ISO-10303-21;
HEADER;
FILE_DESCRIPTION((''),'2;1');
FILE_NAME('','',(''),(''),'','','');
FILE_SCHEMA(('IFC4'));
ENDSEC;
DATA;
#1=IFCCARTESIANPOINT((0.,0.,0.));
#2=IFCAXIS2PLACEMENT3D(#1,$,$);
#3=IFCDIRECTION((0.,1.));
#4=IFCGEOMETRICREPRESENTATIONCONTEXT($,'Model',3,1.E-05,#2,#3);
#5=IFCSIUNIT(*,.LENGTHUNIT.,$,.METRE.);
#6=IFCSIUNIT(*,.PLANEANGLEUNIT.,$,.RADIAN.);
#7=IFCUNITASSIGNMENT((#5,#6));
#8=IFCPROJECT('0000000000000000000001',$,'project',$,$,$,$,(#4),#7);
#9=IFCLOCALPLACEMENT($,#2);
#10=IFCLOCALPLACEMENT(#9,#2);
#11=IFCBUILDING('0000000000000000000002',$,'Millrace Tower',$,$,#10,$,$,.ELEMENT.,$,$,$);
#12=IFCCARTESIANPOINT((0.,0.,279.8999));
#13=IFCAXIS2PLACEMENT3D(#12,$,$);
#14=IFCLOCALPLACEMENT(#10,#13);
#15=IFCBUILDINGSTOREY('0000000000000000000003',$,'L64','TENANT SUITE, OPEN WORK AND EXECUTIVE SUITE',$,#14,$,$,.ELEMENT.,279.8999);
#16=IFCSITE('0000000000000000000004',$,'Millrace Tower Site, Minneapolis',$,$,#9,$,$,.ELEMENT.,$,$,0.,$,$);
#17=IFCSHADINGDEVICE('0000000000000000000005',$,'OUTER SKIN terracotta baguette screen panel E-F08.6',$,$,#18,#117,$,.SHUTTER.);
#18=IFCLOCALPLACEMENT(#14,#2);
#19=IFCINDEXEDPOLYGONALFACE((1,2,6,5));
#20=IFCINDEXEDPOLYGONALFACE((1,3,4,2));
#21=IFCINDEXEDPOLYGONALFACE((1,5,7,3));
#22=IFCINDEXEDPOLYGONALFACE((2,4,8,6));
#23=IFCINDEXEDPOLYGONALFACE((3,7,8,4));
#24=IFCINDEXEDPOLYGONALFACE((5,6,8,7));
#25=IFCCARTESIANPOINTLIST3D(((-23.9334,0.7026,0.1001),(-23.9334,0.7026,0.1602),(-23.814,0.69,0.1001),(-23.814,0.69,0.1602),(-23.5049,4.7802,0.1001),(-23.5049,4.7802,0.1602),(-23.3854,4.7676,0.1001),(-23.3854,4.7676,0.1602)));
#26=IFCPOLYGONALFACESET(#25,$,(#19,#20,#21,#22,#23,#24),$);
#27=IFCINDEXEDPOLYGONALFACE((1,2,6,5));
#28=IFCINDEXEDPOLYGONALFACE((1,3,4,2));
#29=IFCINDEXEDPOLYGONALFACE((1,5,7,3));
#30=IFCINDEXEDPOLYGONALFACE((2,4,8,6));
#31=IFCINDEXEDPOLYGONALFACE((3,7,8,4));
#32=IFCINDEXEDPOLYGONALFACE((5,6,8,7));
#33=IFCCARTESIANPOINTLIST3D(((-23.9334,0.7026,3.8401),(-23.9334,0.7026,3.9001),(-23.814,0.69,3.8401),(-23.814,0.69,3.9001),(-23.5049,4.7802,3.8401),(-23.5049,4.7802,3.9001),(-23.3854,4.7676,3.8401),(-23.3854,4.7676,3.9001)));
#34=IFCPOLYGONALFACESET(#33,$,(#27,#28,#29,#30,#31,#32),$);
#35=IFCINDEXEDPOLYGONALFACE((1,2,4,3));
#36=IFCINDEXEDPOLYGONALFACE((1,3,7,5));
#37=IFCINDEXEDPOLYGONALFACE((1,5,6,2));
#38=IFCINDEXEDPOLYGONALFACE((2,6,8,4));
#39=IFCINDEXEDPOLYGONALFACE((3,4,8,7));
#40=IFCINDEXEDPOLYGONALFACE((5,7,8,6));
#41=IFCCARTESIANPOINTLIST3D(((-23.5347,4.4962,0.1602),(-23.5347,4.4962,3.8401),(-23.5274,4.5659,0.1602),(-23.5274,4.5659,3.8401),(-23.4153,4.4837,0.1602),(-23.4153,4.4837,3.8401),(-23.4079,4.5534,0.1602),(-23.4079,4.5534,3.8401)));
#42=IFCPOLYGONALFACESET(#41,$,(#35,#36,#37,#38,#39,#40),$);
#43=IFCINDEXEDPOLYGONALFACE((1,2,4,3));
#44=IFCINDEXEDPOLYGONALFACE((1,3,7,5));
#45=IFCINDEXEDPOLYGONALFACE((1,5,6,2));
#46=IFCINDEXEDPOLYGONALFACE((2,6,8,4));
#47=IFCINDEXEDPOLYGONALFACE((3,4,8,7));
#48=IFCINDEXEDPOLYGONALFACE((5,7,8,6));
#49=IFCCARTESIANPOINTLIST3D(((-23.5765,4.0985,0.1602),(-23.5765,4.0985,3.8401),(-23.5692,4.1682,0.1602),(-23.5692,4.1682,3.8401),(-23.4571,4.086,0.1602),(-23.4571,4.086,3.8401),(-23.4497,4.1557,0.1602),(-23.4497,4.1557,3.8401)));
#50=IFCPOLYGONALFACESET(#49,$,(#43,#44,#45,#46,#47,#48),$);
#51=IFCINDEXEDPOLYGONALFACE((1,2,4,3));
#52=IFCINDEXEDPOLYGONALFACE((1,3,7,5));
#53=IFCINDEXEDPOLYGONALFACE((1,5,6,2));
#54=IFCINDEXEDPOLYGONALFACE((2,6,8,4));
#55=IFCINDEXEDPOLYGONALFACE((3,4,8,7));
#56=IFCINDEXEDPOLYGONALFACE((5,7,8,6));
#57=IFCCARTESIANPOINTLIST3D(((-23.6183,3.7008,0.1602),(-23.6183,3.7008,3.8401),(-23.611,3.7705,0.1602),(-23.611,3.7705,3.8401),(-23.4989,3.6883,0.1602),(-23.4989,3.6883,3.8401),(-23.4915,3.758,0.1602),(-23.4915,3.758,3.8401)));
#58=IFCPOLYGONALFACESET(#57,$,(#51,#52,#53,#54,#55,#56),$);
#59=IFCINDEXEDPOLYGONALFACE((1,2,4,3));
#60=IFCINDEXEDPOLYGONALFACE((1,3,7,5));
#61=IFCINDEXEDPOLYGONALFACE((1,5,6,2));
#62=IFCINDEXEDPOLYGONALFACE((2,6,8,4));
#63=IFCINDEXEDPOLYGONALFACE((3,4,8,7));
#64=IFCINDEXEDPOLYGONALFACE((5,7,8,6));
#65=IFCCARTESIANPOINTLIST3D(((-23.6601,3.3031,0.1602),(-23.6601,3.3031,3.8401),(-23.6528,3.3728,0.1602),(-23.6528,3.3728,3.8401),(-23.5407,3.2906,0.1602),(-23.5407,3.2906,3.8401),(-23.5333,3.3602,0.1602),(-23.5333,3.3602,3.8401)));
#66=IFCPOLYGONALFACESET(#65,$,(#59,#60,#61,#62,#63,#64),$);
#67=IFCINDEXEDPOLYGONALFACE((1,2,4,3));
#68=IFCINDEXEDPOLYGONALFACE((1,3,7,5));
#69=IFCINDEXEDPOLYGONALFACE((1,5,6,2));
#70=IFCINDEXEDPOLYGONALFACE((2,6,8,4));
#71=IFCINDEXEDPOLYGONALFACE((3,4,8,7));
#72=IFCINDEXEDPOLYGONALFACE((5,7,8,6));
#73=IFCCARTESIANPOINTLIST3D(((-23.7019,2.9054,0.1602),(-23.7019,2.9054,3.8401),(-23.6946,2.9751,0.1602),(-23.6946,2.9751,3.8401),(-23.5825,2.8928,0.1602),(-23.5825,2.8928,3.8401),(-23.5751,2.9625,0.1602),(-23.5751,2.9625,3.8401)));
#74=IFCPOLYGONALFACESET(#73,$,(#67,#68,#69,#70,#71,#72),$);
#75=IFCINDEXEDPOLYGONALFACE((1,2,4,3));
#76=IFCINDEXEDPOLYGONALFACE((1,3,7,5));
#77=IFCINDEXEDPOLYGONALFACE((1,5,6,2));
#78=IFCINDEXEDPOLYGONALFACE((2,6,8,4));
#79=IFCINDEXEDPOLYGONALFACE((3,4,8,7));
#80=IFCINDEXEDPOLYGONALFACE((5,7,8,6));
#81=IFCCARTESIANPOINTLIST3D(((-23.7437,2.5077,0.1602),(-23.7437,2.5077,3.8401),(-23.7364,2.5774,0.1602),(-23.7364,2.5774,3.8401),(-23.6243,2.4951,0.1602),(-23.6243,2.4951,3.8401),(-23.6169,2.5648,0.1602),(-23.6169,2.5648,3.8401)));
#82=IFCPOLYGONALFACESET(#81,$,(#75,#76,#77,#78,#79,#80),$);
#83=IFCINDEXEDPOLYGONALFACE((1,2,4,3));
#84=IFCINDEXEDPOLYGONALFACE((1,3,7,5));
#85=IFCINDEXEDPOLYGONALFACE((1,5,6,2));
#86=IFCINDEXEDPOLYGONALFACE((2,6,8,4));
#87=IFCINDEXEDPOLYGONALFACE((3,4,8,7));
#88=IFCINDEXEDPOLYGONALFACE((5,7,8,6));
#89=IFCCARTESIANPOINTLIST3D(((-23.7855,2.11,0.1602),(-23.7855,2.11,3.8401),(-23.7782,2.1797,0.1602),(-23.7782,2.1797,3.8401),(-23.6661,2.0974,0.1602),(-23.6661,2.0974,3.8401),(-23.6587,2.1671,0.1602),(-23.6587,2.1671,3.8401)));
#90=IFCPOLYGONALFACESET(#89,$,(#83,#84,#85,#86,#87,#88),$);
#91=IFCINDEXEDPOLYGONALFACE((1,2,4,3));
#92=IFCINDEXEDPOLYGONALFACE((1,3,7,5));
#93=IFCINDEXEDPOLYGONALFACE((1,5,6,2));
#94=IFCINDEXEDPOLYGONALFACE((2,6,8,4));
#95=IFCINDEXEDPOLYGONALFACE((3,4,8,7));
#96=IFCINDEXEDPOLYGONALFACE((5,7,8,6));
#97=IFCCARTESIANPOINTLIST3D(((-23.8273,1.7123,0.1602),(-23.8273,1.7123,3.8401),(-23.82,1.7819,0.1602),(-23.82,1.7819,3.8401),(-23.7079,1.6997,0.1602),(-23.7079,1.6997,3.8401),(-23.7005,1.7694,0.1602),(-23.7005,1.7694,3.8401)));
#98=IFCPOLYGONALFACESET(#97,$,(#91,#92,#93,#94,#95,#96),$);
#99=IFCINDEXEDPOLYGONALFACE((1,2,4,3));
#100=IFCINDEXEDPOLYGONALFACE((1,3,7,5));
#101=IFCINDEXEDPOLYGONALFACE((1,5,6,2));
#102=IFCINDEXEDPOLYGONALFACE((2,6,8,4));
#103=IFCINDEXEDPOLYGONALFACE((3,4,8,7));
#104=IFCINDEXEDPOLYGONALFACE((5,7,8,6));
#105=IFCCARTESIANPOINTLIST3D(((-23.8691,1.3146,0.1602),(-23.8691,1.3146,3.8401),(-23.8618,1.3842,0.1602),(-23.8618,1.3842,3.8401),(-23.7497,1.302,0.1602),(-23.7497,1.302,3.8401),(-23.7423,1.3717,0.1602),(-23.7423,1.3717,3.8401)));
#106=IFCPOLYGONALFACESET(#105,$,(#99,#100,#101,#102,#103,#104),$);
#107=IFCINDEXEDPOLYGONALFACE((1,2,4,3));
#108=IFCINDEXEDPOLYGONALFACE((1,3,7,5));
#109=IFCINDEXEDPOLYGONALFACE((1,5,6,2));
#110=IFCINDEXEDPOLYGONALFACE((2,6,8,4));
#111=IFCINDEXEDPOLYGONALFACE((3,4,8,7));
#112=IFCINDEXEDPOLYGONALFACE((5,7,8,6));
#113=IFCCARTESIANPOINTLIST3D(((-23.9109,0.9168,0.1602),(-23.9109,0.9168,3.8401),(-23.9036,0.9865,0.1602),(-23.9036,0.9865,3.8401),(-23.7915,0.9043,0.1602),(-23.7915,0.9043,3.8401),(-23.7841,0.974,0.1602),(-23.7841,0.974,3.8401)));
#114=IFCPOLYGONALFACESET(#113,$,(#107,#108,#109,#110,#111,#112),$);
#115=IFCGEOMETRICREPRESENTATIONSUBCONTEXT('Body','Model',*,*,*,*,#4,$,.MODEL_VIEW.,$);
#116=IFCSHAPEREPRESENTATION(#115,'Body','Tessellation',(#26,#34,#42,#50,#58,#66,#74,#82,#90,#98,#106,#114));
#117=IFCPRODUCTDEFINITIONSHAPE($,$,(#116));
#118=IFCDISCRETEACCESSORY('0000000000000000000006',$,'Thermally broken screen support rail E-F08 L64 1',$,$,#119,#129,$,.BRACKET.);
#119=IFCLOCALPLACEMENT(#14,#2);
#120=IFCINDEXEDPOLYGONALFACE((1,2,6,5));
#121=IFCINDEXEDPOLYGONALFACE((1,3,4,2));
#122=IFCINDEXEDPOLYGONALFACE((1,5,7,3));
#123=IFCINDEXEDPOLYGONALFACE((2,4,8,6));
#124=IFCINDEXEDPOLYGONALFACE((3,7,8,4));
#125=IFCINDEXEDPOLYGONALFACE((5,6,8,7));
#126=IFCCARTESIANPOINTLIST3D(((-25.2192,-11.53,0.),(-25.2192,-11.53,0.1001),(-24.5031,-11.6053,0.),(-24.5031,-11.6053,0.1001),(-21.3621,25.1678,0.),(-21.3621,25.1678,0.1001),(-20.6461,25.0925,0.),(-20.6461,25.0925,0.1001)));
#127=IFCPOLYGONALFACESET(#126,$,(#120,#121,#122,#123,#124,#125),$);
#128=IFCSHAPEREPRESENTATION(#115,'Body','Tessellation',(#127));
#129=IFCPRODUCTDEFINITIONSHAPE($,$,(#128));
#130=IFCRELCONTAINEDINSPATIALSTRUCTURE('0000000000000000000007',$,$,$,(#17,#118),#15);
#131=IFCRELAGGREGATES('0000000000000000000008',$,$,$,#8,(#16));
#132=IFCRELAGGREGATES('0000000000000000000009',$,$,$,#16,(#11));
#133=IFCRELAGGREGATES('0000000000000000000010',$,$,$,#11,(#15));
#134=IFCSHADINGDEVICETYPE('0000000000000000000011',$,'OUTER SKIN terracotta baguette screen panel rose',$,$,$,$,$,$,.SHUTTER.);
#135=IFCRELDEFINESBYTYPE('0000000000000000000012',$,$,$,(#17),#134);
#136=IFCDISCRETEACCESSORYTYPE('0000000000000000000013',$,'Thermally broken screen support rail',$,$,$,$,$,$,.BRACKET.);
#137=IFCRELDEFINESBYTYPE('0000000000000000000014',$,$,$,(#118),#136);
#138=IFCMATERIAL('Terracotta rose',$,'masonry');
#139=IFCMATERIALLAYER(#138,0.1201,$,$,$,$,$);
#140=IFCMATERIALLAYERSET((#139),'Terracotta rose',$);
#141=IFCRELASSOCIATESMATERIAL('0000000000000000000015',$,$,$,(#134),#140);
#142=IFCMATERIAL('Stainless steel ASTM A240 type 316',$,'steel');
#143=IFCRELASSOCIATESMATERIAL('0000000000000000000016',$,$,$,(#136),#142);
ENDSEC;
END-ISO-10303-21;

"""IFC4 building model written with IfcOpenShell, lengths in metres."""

from ifc_helpers import new_model, entity, si_unit, direction, frame, frame_2d, origin, origin_2d, place, context, subcontext, project, spatial, rectangle, extrude, source, transform, mapped, material, layer, layer_set, type_object, element, save


model = new_model("IFC4")

# Units and contexts
model_context = context("Model", 3, precision=1e-05, world=origin(), true_north=direction((0.0, 1.0)))
body_context = subcontext(model_context, "Body", "Model", "MODEL_VIEW")
ifc_project = project(units=[si_unit("LENGTHUNIT", "METRE"), si_unit("PLANEANGLEUNIT", "RADIAN")], contexts=[model_context])

# Site, building, storey
site_placement = place(None, origin())
site = spatial("IfcSite", under=ifc_project, at=site_placement, Name="Millrace Tower Site, Minneapolis", CompositionType="ELEMENT", RefElevation=0.0)
building_placement = place(site_placement, origin())
building = spatial("IfcBuilding", under=site, at=building_placement, Name="Millrace Tower", CompositionType="ELEMENT")
storey_placement = place(building_placement, frame((0.0, 0.0, 279.8999)))
storey = spatial("IfcBuildingStorey", under=building, at=storey_placement, Name="L64", Description="TENANT SUITE, OPEN WORK AND EXECUTIVE SUITE", CompositionType="ELEMENT", Elevation=279.8999)

# Shading device
ifc_material_1 = material(Name="Terracotta rose", Category="masonry")
ifc_layer_1 = layer(ifc_material_1, 0.1201)
ifc_layer_set_1 = layer_set([ifc_layer_1], Name="Terracotta rose")
shading_device_type = type_object("IfcShadingDeviceType", Name="OUTER SKIN terracotta baguette screen panel rose", PredefinedType="SHUTTER", material=ifc_layer_set_1)
cartesian_point = entity("IfcCartesianPoint", [-2.05, 0.0601])
shared_polyline = entity("IfcPolyline", [cartesian_point, entity("IfcCartesianPoint", [2.05, 0.0601]), entity("IfcCartesianPoint", [2.05, -0.0601]), entity("IfcCartesianPoint", [-2.05, -0.0601]), cartesian_point])
shared_shape = source(origin(), body_context, "Body", "SweptSolid", [
    entity("IfcExtrudedAreaSolid", entity("IfcArbitraryClosedProfileDef", "AREA", None, shared_polyline), entity("IfcAxis2Placement3D", entity("IfcCartesianPoint", [0.0, 0.0, 0.0])), entity("IfcDirection", [0.0, 0.0, 1.0]), 0.0601),
    entity("IfcExtrudedAreaSolid", entity("IfcArbitraryClosedProfileDef", "AREA", None, shared_polyline), entity("IfcAxis2Placement3D", entity("IfcCartesianPoint", [0.0, 0.0, 3.74])), entity("IfcDirection", [0.0, 0.0, 1.0]), 0.0601),
    extrude(rectangle(XDim=0.0701, YDim=0.1201, at=frame_2d((-1.7996, 0.0))), frame((0.0, 0.0, 0.0601)), (0.0, 0.0, 1.0), 3.6799),
    extrude(rectangle(XDim=0.0701, YDim=0.1201, at=frame_2d((-1.3997, 0.0))), frame((0.0, 0.0, 0.0601)), (0.0, 0.0, 1.0), 3.6799),
    extrude(rectangle(XDim=0.0701, YDim=0.1201, at=frame_2d((-0.9998, 0.0))), frame((0.0, 0.0, 0.0601)), (0.0, 0.0, 1.0), 3.6799),
    extrude(rectangle(XDim=0.0701, YDim=0.1201, at=frame_2d((-0.5999, 0.0))), frame((0.0, 0.0, 0.0601)), (0.0, 0.0, 1.0), 3.6799),
    extrude(rectangle(XDim=0.0701, YDim=0.1201, at=frame_2d((-0.2, 0.0))), frame((0.0, 0.0, 0.0601)), (0.0, 0.0, 1.0), 3.6799),
    extrude(rectangle(XDim=0.0701, YDim=0.1201, at=frame_2d((0.2, 0.0))), frame((0.0, 0.0, 0.0601)), (0.0, 0.0, 1.0), 3.6799),
    extrude(rectangle(XDim=0.0701, YDim=0.1201, at=frame_2d((0.5999, 0.0))), frame((0.0, 0.0, 0.0601)), (0.0, 0.0, 1.0), 3.6799),
    extrude(rectangle(XDim=0.0701, YDim=0.1201, at=frame_2d((0.9998, 0.0))), frame((0.0, 0.0, 0.0601)), (0.0, 0.0, 1.0), 3.6799),
    extrude(rectangle(XDim=0.0701, YDim=0.1201, at=frame_2d((1.3997, 0.0))), frame((0.0, 0.0, 0.0601)), (0.0, 0.0, 1.0), 3.6799),
    extrude(rectangle(XDim=0.0701, YDim=0.1201, at=frame_2d((1.7996, 0.0))), frame((0.0, 0.0, 0.0601)), (0.0, 0.0, 1.0), 3.6799),
])
for number, where, z_axis, x_axis, name in (
    (1, (-23.6594, 2.7351, 0.1001), (0.0, 0.0, 1.0), (-0.104528, -0.994522, 0.0), "OUTER SKIN terracotta baguette screen panel E-F08.6"),
):
    element("IfcShadingDevice", number, at=place(storey_placement, frame(where, z_axis=z_axis, x_axis=x_axis)), inside=storey, type_object=shading_device_type, Name=name, PredefinedType="SHUTTER", context=body_context, shape_type="MappedRepresentation", body=[
        mapped(shared_shape, transform((0.0, 0.0, 0.0), scale=1.0)),
    ])

# Discrete accessory
ifc_material_2 = material(Name="Stainless steel ASTM A240 type 316", Category="steel")
discrete_accessory_type = type_object("IfcDiscreteAccessoryType", Name="Thermally broken screen support rail", PredefinedType="BRACKET", material=ifc_material_2)
discrete_accessory_placement = place(storey_placement, frame((-22.9326, 6.7812, 0.0), z_axis=(0.0, 0.0, 1.0), x_axis=(-0.104528, -0.994522, 0.0)))
element("IfcDiscreteAccessory", 2, at=discrete_accessory_placement, inside=storey, type_object=discrete_accessory_type, Name="Thermally broken screen support rail E-F08 L64 1", PredefinedType="BRACKET", context=body_context, shape_type="SweptSolid", body=[
    extrude(rectangle(XDim=36.8999, YDim=0.72, at=origin_2d()), origin(), (0.0, 0.0, 1.0), 0.1001),
])

save(model, "model.ifc")
